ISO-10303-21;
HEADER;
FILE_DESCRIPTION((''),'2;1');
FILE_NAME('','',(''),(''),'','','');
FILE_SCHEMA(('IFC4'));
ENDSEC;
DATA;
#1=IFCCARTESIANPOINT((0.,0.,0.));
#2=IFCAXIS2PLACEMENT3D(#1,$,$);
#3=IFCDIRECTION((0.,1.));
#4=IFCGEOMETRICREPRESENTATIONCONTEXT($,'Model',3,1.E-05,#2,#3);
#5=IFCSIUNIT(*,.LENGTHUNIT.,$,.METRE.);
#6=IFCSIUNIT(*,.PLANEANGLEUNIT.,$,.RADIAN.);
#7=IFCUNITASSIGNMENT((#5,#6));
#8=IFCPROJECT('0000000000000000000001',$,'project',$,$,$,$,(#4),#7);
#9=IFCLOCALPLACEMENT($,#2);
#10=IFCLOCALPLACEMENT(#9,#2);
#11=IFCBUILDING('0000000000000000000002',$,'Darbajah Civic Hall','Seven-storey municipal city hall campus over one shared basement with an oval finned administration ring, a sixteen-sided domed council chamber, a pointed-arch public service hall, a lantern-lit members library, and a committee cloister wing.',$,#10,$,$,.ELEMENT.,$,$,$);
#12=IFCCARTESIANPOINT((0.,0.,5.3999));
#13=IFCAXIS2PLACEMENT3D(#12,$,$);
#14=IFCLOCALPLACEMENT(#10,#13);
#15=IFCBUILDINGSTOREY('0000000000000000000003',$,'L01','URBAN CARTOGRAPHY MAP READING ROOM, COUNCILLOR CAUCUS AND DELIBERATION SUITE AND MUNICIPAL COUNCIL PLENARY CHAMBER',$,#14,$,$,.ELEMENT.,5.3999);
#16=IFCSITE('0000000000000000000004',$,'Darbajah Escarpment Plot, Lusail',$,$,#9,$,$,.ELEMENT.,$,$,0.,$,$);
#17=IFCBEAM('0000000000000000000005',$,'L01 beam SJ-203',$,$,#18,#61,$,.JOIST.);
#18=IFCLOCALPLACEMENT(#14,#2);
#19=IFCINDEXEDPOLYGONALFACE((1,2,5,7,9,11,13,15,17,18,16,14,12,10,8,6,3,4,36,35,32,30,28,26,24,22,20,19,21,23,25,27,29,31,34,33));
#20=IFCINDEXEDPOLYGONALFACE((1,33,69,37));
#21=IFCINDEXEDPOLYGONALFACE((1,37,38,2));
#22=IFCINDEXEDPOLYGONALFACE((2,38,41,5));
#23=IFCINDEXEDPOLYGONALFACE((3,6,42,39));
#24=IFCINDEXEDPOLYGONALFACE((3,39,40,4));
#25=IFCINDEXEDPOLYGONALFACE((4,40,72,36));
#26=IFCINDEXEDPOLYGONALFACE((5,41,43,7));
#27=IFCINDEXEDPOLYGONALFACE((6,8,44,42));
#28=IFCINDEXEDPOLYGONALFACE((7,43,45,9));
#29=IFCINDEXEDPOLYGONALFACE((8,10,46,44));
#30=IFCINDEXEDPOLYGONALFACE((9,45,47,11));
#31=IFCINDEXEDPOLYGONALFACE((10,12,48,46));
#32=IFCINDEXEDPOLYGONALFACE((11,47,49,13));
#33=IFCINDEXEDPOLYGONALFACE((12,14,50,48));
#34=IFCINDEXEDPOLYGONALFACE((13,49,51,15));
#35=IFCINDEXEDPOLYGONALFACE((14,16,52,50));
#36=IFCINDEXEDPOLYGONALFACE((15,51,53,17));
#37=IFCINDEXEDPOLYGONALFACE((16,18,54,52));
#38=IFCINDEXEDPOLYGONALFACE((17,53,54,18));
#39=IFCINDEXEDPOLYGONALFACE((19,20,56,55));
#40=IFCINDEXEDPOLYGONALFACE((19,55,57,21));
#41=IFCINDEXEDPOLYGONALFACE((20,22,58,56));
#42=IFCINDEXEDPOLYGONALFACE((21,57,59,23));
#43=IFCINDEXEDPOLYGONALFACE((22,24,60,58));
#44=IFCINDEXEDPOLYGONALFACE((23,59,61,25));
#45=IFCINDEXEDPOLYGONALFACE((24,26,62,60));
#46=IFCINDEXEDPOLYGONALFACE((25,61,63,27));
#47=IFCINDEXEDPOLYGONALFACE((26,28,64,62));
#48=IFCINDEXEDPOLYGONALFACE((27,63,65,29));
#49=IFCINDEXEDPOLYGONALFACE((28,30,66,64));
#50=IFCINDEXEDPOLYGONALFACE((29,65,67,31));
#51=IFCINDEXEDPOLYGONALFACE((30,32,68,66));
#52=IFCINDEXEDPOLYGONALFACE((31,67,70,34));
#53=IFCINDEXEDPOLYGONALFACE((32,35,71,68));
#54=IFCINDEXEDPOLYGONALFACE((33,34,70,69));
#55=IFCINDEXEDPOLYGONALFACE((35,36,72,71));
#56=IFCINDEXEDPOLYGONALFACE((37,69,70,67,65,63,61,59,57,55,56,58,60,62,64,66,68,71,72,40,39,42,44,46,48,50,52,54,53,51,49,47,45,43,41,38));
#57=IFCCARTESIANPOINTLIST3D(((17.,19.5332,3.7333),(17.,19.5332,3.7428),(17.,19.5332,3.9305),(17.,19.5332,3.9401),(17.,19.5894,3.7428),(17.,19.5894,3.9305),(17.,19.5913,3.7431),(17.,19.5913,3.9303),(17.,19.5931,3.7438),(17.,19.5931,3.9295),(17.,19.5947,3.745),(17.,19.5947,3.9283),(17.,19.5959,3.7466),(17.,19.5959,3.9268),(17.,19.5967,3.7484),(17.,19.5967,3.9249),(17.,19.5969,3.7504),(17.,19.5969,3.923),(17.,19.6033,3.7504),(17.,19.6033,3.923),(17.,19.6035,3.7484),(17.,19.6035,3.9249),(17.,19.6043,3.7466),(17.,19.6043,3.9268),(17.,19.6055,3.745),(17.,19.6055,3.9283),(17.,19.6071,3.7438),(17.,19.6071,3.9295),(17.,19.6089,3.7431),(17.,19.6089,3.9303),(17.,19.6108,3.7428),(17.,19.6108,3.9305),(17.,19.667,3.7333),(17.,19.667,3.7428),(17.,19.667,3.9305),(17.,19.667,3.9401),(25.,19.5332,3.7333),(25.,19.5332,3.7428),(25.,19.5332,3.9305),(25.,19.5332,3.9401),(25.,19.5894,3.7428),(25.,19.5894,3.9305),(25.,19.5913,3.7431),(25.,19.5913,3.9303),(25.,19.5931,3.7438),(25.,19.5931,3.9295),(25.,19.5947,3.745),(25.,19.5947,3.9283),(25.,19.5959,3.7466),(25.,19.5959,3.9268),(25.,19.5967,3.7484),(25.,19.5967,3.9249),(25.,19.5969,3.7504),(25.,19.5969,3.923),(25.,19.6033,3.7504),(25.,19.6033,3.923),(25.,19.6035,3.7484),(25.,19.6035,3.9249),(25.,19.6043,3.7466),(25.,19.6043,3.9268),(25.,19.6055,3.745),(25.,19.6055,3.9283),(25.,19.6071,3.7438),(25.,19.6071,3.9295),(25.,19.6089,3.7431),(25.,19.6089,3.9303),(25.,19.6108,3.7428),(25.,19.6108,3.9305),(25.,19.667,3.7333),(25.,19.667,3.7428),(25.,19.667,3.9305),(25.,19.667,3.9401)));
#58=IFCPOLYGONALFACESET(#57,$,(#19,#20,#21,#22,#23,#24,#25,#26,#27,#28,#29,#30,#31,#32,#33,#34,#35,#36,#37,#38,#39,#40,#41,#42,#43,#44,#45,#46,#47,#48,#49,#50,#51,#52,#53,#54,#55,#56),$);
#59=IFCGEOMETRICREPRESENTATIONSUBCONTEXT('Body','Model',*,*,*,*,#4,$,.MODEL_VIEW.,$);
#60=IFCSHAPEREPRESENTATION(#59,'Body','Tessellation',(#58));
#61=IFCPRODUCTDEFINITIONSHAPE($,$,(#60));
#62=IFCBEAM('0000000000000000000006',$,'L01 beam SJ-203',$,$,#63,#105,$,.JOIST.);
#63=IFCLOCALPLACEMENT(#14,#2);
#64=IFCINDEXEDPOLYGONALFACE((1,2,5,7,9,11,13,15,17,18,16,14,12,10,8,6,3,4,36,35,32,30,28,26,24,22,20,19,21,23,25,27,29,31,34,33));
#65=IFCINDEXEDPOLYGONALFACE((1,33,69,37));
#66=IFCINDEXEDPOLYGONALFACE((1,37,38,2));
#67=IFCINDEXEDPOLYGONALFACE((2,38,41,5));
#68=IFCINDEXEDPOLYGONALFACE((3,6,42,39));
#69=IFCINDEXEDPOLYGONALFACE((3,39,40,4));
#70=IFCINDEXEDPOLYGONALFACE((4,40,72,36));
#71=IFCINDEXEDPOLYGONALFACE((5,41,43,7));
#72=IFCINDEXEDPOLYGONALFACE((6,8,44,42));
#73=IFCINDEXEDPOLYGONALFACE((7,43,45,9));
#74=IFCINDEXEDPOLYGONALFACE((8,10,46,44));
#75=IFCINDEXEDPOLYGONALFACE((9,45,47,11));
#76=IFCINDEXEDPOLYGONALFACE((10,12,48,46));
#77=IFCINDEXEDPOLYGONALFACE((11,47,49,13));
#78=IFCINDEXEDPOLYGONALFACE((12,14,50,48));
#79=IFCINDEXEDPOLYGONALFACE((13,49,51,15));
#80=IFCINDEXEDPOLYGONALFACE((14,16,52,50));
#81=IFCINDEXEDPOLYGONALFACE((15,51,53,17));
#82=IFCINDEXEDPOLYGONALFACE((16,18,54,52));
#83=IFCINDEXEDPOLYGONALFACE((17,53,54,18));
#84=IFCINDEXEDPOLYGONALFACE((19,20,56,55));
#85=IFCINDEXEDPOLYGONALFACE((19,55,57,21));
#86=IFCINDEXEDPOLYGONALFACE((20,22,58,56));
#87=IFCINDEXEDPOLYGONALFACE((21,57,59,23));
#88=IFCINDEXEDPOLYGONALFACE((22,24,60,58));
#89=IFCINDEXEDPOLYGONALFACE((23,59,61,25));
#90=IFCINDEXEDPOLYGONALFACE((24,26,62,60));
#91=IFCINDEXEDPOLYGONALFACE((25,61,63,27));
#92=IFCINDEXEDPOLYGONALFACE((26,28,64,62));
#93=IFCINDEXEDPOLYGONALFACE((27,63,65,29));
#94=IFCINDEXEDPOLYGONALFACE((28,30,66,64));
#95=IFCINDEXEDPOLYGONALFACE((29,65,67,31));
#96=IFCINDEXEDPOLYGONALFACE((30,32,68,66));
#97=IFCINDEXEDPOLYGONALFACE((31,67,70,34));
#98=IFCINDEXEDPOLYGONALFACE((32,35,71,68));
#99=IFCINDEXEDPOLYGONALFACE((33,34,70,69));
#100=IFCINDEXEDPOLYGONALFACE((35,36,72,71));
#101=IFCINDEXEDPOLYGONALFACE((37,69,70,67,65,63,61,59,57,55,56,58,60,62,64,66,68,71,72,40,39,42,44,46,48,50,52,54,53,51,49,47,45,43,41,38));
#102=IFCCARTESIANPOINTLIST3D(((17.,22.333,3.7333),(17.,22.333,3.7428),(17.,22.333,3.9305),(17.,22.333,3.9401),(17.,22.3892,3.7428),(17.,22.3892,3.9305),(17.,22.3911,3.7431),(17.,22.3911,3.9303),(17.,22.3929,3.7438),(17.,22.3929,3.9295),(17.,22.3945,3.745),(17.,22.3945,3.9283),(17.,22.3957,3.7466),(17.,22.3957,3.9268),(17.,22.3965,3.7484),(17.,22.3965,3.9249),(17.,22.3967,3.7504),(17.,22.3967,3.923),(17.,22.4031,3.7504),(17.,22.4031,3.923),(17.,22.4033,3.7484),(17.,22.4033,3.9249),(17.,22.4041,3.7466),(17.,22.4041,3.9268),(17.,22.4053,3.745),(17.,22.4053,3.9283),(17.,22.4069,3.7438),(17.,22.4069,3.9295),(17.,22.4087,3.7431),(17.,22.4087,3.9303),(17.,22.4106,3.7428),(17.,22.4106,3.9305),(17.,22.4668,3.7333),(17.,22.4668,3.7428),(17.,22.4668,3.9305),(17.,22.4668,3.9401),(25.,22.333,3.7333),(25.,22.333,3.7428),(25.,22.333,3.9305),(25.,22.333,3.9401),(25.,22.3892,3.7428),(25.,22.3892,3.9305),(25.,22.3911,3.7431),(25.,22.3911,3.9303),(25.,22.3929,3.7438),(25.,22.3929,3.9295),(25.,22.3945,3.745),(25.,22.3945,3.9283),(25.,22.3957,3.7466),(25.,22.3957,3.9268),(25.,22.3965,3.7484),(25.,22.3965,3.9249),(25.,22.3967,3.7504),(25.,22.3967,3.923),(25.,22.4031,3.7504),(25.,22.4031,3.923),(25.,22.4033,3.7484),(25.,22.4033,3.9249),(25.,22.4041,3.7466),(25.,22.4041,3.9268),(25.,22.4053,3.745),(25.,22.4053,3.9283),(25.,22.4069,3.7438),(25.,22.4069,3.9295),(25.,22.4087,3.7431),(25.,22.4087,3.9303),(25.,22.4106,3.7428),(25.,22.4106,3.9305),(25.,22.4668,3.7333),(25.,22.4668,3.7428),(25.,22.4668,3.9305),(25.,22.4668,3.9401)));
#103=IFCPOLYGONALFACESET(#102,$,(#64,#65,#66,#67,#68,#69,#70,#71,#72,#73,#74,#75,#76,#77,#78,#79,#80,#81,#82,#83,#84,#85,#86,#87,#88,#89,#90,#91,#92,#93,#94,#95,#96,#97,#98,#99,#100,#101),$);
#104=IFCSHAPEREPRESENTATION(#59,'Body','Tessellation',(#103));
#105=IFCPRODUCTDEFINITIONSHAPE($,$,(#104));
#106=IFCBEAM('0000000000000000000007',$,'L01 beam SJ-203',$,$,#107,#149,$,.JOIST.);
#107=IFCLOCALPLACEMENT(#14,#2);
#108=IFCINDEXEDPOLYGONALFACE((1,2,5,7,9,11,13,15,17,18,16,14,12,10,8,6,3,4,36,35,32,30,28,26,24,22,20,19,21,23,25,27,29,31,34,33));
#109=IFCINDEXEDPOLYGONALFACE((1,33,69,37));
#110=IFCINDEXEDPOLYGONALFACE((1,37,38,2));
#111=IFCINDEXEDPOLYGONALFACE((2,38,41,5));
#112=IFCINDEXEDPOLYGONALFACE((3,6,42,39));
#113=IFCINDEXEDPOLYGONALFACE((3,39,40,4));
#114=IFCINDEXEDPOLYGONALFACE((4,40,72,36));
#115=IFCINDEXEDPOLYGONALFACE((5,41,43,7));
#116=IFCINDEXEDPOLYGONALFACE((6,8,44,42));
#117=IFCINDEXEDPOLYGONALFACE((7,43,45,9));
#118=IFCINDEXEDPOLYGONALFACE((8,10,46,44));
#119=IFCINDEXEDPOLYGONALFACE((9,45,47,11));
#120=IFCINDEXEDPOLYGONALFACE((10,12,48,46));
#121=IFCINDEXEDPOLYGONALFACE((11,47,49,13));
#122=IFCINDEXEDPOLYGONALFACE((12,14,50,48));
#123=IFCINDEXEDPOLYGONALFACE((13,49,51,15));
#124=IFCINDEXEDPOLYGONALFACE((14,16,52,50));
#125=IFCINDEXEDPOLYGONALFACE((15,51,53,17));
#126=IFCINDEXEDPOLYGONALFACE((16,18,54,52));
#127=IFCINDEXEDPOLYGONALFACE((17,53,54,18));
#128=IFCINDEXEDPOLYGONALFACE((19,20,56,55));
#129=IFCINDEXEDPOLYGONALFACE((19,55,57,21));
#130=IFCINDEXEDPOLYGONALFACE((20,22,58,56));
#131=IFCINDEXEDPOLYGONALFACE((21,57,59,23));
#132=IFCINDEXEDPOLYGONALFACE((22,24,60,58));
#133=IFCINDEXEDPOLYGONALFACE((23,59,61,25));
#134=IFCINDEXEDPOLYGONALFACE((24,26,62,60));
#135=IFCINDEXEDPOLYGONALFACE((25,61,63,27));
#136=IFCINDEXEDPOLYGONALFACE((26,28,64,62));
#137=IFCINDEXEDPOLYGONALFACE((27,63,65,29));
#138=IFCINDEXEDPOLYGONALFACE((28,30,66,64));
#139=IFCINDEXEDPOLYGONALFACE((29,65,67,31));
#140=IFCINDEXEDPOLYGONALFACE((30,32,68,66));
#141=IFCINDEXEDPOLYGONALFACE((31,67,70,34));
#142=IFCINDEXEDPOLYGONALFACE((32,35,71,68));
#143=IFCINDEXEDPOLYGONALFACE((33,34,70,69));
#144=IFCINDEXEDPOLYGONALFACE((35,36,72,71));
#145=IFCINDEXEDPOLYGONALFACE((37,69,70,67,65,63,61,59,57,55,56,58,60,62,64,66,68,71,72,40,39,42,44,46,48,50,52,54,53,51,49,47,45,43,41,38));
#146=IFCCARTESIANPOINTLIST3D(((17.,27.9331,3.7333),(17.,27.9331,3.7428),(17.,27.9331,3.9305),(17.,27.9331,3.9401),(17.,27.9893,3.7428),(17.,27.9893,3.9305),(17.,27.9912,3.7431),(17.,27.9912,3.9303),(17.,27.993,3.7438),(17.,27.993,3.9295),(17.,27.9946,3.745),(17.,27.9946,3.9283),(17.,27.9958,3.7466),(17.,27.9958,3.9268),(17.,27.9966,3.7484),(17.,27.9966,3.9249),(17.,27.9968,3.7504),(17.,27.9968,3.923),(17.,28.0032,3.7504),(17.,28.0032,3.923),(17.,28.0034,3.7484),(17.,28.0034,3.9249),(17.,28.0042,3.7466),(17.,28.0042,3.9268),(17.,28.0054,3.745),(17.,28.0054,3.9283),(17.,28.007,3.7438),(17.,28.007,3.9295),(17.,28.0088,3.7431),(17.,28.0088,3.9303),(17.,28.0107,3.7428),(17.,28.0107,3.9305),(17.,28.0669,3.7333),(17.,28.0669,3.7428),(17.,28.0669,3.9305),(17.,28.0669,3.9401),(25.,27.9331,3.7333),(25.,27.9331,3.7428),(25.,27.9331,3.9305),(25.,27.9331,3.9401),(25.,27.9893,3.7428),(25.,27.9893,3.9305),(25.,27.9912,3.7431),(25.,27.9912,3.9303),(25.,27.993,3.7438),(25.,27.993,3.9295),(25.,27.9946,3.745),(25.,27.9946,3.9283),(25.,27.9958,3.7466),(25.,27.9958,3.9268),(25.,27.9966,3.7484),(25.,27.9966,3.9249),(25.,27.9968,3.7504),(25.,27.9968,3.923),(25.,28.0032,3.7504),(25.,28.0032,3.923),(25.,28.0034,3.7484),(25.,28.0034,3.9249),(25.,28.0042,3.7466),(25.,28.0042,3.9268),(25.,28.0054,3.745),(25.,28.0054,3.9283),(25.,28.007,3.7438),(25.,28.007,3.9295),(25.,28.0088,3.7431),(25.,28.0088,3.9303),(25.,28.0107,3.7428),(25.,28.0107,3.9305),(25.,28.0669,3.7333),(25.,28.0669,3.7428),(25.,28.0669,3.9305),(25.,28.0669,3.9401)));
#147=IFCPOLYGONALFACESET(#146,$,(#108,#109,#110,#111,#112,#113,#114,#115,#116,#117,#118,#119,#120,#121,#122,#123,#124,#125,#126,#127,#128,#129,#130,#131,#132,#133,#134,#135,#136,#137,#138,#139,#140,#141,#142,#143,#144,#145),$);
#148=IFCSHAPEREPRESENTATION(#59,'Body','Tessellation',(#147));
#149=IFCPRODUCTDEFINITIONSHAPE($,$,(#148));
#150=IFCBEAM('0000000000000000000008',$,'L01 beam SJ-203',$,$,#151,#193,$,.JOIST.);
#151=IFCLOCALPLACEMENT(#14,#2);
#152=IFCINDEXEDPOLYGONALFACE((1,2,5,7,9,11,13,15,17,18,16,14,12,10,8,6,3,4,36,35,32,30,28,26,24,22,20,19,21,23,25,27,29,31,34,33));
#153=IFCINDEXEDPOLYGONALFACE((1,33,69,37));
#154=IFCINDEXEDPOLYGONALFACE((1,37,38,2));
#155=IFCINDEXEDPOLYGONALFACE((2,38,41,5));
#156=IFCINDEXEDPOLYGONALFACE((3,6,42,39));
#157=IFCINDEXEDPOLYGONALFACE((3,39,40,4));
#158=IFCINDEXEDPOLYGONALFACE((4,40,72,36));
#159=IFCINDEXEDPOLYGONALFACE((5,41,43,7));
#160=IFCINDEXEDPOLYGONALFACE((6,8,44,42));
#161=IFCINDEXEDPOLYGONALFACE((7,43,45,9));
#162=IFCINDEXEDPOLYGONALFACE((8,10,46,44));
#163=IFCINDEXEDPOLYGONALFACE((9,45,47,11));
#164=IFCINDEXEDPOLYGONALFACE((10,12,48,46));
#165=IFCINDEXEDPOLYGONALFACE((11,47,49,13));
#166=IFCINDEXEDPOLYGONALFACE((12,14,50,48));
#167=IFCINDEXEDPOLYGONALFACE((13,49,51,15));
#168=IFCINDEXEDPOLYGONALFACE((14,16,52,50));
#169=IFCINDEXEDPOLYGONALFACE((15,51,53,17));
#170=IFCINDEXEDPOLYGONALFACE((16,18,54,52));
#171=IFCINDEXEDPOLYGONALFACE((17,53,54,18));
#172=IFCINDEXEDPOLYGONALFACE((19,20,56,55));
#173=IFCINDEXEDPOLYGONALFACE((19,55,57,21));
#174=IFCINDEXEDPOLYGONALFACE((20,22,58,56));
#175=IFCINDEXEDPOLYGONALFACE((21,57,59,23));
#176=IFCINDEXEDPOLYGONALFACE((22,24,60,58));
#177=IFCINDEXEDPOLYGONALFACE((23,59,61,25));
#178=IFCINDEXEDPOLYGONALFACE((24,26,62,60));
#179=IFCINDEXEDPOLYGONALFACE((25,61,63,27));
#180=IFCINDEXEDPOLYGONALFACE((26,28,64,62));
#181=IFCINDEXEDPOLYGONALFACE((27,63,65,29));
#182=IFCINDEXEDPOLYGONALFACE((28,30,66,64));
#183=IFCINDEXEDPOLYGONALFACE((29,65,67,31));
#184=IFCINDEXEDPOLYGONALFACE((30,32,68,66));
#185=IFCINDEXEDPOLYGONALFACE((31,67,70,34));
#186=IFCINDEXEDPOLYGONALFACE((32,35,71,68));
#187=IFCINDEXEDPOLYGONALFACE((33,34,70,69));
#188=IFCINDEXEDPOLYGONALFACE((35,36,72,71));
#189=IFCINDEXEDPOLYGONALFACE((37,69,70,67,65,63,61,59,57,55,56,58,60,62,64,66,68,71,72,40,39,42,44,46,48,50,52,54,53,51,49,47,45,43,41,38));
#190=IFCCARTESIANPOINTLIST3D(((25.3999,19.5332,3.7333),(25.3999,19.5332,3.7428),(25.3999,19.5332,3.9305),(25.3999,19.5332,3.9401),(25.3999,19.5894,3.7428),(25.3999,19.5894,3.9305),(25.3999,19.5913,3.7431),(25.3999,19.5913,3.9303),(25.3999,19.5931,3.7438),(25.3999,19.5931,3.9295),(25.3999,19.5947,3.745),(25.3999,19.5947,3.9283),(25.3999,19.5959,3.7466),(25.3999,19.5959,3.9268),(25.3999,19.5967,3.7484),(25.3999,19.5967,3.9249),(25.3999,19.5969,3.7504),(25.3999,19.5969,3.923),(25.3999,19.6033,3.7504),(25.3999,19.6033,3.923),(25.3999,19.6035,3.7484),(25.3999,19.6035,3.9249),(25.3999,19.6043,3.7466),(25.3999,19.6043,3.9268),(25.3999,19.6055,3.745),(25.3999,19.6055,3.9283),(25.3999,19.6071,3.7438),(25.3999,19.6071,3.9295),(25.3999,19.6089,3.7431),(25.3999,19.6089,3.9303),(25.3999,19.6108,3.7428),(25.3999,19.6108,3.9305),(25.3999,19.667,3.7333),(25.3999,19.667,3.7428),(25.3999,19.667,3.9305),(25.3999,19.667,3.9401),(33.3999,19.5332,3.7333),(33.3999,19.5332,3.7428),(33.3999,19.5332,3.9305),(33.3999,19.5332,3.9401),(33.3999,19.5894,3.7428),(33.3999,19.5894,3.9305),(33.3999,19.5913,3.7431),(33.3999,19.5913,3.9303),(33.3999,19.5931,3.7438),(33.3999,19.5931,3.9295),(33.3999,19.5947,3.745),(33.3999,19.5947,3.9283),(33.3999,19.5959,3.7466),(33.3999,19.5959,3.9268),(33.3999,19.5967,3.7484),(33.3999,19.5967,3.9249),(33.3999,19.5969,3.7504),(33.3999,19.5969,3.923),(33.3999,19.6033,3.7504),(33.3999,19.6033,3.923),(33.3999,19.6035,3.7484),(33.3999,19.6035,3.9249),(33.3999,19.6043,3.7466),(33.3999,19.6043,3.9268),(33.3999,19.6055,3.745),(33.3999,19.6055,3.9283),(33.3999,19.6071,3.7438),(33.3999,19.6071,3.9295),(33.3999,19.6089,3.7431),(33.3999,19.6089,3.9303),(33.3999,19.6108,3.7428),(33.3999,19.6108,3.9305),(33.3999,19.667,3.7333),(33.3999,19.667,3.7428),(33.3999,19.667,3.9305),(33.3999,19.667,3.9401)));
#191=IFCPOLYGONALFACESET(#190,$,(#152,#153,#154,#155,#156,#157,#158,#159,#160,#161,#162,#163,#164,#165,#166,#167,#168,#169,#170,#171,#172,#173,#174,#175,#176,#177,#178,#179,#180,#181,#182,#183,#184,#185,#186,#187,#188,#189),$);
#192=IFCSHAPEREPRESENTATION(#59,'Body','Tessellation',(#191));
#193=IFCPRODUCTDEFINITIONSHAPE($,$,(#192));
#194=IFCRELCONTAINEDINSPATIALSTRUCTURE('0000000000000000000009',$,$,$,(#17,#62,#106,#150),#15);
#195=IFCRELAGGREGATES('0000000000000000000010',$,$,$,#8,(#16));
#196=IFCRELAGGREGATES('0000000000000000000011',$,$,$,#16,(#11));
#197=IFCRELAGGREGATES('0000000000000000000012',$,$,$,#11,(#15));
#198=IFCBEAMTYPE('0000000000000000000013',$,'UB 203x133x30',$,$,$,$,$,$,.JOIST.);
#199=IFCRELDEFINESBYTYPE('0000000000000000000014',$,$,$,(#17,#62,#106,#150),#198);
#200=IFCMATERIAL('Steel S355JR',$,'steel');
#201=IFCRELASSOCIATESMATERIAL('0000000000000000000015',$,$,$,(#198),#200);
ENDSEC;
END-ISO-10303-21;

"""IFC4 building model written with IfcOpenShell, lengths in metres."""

from ifc_helpers import new_model, si_unit, direction, frame, origin, origin_2d, place, context, subcontext, project, spatial, i_section, extrude, material, material_profile, profile_set, type_object, element, save


model = new_model("IFC4")

# Units and contexts
model_context = context("Model", 3, precision=1e-05, world=origin(), true_north=direction((0.0, 1.0)))
body_context = subcontext(model_context, "Body", "Model", "MODEL_VIEW")
ifc_project = project(units=[si_unit("LENGTHUNIT", "METRE"), si_unit("PLANEANGLEUNIT", "RADIAN")], contexts=[model_context])

# Site, building, storey
site_placement = place(None, origin())
site = spatial("IfcSite", under=ifc_project, at=site_placement, Name="Darbajah Escarpment Plot, Lusail", CompositionType="ELEMENT", RefElevation=0.0)
building_placement = place(site_placement, origin())
building = spatial("IfcBuilding", under=site, at=building_placement, Name="Darbajah Civic Hall", Description="Seven-storey municipal city hall campus over one shared basement with an oval finned administration ring, a sixteen-sided domed council chamber, a pointed-arch public service hall, a lantern-lit members library, and a committee cloister wing.", CompositionType="ELEMENT")
storey_placement = place(building_placement, frame((0.0, 0.0, 5.3999)))
storey = spatial("IfcBuildingStorey", under=building, at=storey_placement, Name="L01", Description="URBAN CARTOGRAPHY MAP READING ROOM, COUNCILLOR CAUCUS AND DELIBERATION SUITE AND MUNICIPAL COUNCIL PLENARY CHAMBER", CompositionType="ELEMENT", Elevation=5.3999)

# Beams
ifc_material_1 = material(Name="Steel S355JR", Category="steel")
ifc_material_profile_1 = material_profile(ifc_material_1, i_section(OverallWidth=0.1338, OverallDepth=0.2068, WebThickness=0.0063, FlangeThickness=0.0095, FilletRadius=0.0076, at=origin_2d()), Name="UB 203x133x30")
ifc_profile_set_1 = profile_set([ifc_material_profile_1], Name="Steel S355JR")
beam_type_1 = type_object("IfcBeamType", Name="UB 203x133x30", PredefinedType="JOIST", material=ifc_profile_set_1)
for number, where, z_axis, x_axis, name in (
    (1, (17.0, 19.6001, 3.8367), (1.0, 0.0, 0.0), (0.0, 1.0, 0.0), "L01 beam SJ-203"),
    (2, (17.0, 22.3999, 3.8367), (1.0, 0.0, 0.0), (0.0, 1.0, 0.0), "L01 beam SJ-203"),
    (3, (17.0, 28.0, 3.8367), (1.0, 0.0, 0.0), (0.0, 1.0, 0.0), "L01 beam SJ-203"),
    (4, (25.3999, 19.6001, 3.8367), (1.0, 0.0, 0.0), (0.0, 1.0, 0.0), "L01 beam SJ-203"),
):
    element("IfcBeam", number, at=place(storey_placement, frame(where, z_axis=z_axis, x_axis=x_axis)), inside=storey, type_object=beam_type_1, Name=name, PredefinedType="JOIST", context=body_context, shape_type="SweptSolid", body=[
        extrude(i_section(OverallWidth=0.1338, OverallDepth=0.2068, WebThickness=0.0063, FlangeThickness=0.0095, FilletRadius=0.0076, at=origin_2d()), origin(), (0.0, 0.0, 1.0), 8.0),
    ])

save(model, "model.ifc")
